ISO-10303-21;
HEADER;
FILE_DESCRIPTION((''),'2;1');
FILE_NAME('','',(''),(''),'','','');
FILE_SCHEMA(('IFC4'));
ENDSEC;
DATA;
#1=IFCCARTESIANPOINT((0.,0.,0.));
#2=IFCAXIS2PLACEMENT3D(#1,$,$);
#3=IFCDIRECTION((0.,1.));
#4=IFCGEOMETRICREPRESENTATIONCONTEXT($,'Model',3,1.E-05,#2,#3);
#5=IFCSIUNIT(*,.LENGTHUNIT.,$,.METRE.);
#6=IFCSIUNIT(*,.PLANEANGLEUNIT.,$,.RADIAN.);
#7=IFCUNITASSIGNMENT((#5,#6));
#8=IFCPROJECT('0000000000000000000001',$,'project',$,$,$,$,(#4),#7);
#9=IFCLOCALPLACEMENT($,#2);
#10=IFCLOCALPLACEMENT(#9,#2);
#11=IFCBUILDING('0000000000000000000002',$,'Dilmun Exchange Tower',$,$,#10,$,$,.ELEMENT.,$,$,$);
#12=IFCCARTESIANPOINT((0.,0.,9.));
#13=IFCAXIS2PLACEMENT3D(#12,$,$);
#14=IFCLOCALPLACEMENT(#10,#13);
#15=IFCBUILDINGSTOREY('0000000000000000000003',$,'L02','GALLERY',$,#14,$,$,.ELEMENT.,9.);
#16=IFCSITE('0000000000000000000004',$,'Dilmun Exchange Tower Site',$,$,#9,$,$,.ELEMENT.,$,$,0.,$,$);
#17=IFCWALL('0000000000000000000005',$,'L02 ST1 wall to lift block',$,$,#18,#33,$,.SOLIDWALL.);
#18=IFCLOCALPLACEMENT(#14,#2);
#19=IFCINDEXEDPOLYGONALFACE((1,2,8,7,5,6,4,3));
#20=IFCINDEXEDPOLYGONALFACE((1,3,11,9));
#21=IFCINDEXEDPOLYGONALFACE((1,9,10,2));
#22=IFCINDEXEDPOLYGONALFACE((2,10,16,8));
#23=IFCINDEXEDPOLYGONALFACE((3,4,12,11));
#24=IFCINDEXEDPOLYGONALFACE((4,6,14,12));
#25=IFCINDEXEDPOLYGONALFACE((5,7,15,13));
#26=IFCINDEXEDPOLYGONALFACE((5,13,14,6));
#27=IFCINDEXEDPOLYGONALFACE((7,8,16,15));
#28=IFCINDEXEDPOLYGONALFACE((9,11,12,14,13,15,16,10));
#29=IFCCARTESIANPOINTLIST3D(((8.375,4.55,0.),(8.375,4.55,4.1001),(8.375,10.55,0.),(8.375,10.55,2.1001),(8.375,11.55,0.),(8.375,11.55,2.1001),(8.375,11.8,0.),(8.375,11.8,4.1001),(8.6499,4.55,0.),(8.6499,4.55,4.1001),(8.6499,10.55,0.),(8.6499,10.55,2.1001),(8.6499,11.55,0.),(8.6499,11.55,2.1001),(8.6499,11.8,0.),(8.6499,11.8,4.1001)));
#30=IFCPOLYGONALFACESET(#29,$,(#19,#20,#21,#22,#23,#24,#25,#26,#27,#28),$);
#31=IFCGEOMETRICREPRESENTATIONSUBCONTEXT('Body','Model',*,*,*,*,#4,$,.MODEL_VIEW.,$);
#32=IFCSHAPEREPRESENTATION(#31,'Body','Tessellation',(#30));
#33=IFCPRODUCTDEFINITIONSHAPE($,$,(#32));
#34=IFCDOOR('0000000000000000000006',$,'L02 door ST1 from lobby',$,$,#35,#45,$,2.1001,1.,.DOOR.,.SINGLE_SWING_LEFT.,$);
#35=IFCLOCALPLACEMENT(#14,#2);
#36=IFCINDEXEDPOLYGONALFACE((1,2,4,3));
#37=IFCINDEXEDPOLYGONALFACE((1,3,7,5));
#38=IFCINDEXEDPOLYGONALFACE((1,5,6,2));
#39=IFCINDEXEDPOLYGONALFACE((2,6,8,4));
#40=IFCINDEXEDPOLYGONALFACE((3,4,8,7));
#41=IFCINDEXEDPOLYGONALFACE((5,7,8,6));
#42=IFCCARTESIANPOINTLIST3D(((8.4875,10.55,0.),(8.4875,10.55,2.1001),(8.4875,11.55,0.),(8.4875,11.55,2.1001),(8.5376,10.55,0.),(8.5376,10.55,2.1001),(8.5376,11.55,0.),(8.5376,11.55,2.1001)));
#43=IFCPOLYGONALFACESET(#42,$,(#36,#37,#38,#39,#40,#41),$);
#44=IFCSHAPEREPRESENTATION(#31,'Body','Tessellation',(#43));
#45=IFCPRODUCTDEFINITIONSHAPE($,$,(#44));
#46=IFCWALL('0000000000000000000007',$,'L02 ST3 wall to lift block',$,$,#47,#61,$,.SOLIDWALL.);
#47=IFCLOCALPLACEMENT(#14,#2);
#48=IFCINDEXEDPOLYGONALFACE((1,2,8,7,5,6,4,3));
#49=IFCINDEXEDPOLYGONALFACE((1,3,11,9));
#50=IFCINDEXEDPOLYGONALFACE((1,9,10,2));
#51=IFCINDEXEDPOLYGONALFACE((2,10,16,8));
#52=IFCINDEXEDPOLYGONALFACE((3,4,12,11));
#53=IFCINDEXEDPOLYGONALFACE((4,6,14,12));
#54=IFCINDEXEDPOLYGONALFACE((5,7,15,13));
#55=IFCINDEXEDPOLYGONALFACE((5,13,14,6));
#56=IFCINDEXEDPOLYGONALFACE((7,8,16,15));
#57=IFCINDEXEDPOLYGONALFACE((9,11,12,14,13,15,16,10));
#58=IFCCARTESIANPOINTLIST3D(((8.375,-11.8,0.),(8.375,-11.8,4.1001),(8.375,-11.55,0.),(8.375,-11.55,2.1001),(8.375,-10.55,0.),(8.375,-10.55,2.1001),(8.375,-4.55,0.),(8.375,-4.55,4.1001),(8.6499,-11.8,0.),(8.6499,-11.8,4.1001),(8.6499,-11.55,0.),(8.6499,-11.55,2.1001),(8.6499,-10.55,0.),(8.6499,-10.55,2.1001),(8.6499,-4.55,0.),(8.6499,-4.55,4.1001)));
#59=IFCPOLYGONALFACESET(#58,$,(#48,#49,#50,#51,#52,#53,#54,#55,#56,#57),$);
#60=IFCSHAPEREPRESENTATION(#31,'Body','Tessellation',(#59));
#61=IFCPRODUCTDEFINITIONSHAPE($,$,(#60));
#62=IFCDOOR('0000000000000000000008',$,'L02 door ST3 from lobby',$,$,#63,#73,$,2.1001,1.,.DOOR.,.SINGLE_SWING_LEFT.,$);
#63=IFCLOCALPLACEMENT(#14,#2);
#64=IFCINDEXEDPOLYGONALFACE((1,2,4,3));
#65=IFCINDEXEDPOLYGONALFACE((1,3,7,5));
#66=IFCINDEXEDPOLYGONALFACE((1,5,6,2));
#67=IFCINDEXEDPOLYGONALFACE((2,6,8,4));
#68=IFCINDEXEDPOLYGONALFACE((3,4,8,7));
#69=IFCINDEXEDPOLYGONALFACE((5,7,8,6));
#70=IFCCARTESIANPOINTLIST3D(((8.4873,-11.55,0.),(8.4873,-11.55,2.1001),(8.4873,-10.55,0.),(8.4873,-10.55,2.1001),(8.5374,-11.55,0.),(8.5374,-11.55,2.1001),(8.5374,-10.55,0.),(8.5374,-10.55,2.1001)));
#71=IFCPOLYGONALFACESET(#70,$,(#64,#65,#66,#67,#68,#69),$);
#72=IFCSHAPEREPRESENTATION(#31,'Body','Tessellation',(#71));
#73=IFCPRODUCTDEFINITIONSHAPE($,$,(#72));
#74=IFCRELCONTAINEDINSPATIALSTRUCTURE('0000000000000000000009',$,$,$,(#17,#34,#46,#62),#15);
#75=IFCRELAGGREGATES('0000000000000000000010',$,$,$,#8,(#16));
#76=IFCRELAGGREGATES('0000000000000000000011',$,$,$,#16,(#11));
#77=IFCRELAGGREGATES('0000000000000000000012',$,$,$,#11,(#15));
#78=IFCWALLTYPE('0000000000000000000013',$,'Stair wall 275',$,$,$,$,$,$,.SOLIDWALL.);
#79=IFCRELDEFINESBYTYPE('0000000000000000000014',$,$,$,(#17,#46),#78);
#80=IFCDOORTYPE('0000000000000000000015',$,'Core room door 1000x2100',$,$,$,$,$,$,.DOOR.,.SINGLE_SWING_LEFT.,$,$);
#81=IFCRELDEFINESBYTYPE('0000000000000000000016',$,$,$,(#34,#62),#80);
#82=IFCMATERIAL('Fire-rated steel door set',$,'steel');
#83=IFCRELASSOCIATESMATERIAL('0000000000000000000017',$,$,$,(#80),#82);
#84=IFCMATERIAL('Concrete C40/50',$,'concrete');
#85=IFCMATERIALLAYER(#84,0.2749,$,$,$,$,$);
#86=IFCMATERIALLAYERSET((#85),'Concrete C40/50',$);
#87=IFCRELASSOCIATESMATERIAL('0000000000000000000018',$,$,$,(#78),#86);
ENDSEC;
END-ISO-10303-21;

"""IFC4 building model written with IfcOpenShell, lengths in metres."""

from ifc_helpers import new_model, si_unit, direction, frame, frame_2d, origin, place, context, subcontext, project, spatial, rectangle, extrude, material, layer, layer_set, type_object, element, fill, save


model = new_model("IFC4")

# Units and contexts
model_context = context("Model", 3, precision=1e-05, world=origin(), true_north=direction((0.0, 1.0)))
body_context = subcontext(model_context, "Body", "Model", "MODEL_VIEW")
ifc_project = project(units=[si_unit("LENGTHUNIT", "METRE"), si_unit("PLANEANGLEUNIT", "RADIAN")], contexts=[model_context])

# Site, building, storey
site_placement = place(None, origin())
site = spatial("IfcSite", under=ifc_project, at=site_placement, Name="Dilmun Exchange Tower Site", CompositionType="ELEMENT", RefElevation=0.0)
building_placement = place(site_placement, origin())
building = spatial("IfcBuilding", under=site, at=building_placement, Name="Dilmun Exchange Tower", CompositionType="ELEMENT")
storey_placement = place(building_placement, frame((0.0, 0.0, 9.0)))
storey = spatial("IfcBuildingStorey", under=building, at=storey_placement, Name="L02", Description="GALLERY", CompositionType="ELEMENT", Elevation=9.0)

# Shared definitions
ifc_material_1 = material(Name="Concrete C40/50", Category="concrete")

# Shared definitions
ifc_material_2 = material(Name="Fire-rated steel door set", Category="steel")
door_type_1 = type_object("IfcDoorType", Name="Core room door 1000x2100", OperationType="SINGLE_SWING_LEFT", PredefinedType="DOOR", material=ifc_material_2)

# Walls, openings, doors
ifc_layer_1 = layer(ifc_material_1, 0.2749)
ifc_layer_set_1 = layer_set([ifc_layer_1], Name="Concrete C40/50")
wall_type_1 = type_object("IfcWallType", Name="Stair wall 275", PredefinedType="SOLIDWALL", material=ifc_layer_set_1)
wall_1_placement = place(storey_placement, frame((8.5125, 4.55, 0.0), z_axis=(0.0, 0.0, 1.0), x_axis=(0.0, 1.0, 0.0)))
wall_1 = element("IfcWall", 1, at=wall_1_placement, inside=storey, type_object=wall_type_1, Name="L02 ST1 wall to lift block", PredefinedType="SOLIDWALL", context=body_context, shape_type="SweptSolid", body=[
    extrude(rectangle(XDim=7.25, YDim=0.2749, at=frame_2d((3.625, 0.0))), origin(), (0.0, 0.0, 1.0), 4.1001),
])
opening_1_placement = place(wall_1_placement, frame((6.0, 0.0, 0.0)))
opening_1 = element("IfcOpeningElement", 2, at=opening_1_placement, cuts=wall_1, PredefinedType="OPENING", context=body_context, shape_type="SweptSolid", body=[
    extrude(rectangle(XDim=1.0, YDim=2.1001, at=frame_2d((0.5, 1.05))), frame((0.0, 0.1475, 0.0), z_axis=(0.0, -1.0, 0.0), x_axis=(1.0, 0.0, 0.0)), (0.0, 0.0, 1.0), 0.2949),
])
door_1_placement = place(opening_1_placement, origin())
door_1 = element("IfcDoor", 3, at=door_1_placement, inside=storey, type_object=door_type_1, Name="L02 door ST1 from lobby", OperationType="SINGLE_SWING_LEFT", OverallHeight=2.1001, OverallWidth=1.0, PredefinedType="DOOR", context=body_context, shape_type="SweptSolid", body=[
    extrude(rectangle(XDim=1.0, YDim=2.1001, at=frame_2d((0.5, 1.05))), frame((0.0, 0.0249, 0.0), z_axis=(0.0, -1.0, 0.0), x_axis=(1.0, 0.0, 0.0)), (0.0, 0.0, 1.0), 0.05),
])
fill(opening_1, door_1)
wall_2_placement = place(storey_placement, frame((8.5125, -4.55, 0.0), z_axis=(0.0, 0.0, 1.0), x_axis=(0.0, -1.0, 0.0)))
wall_2 = element("IfcWall", 4, at=wall_2_placement, inside=storey, type_object=wall_type_1, Name="L02 ST3 wall to lift block", PredefinedType="SOLIDWALL", context=body_context, shape_type="SweptSolid", body=[
    extrude(rectangle(XDim=7.25, YDim=0.2749, at=frame_2d((3.625, 0.0))), origin(), (0.0, 0.0, 1.0), 4.1001),
])
opening_2_placement = place(wall_2_placement, frame((6.0, 0.0, 0.0)))
opening_2 = element("IfcOpeningElement", 5, at=opening_2_placement, cuts=wall_2, PredefinedType="OPENING", context=body_context, shape_type="SweptSolid", body=[
    extrude(rectangle(XDim=1.0, YDim=2.1001, at=frame_2d((0.5, 1.05))), frame((0.0, 0.1475, 0.0), z_axis=(0.0, -1.0, 0.0), x_axis=(1.0, 0.0, 0.0)), (0.0, 0.0, 1.0), 0.2949),
])
door_2_placement = place(opening_2_placement, origin())
door_2 = element("IfcDoor", 6, at=door_2_placement, inside=storey, type_object=door_type_1, Name="L02 door ST3 from lobby", OperationType="SINGLE_SWING_LEFT", OverallHeight=2.1001, OverallWidth=1.0, PredefinedType="DOOR", context=body_context, shape_type="SweptSolid", body=[
    extrude(rectangle(XDim=1.0, YDim=2.1001, at=frame_2d((0.5, 1.05))), frame((0.0, 0.0249, 0.0), z_axis=(0.0, -1.0, 0.0), x_axis=(1.0, 0.0, 0.0)), (0.0, 0.0, 1.0), 0.05),
])
fill(opening_2, door_2)

save(model, "model.ifc")
